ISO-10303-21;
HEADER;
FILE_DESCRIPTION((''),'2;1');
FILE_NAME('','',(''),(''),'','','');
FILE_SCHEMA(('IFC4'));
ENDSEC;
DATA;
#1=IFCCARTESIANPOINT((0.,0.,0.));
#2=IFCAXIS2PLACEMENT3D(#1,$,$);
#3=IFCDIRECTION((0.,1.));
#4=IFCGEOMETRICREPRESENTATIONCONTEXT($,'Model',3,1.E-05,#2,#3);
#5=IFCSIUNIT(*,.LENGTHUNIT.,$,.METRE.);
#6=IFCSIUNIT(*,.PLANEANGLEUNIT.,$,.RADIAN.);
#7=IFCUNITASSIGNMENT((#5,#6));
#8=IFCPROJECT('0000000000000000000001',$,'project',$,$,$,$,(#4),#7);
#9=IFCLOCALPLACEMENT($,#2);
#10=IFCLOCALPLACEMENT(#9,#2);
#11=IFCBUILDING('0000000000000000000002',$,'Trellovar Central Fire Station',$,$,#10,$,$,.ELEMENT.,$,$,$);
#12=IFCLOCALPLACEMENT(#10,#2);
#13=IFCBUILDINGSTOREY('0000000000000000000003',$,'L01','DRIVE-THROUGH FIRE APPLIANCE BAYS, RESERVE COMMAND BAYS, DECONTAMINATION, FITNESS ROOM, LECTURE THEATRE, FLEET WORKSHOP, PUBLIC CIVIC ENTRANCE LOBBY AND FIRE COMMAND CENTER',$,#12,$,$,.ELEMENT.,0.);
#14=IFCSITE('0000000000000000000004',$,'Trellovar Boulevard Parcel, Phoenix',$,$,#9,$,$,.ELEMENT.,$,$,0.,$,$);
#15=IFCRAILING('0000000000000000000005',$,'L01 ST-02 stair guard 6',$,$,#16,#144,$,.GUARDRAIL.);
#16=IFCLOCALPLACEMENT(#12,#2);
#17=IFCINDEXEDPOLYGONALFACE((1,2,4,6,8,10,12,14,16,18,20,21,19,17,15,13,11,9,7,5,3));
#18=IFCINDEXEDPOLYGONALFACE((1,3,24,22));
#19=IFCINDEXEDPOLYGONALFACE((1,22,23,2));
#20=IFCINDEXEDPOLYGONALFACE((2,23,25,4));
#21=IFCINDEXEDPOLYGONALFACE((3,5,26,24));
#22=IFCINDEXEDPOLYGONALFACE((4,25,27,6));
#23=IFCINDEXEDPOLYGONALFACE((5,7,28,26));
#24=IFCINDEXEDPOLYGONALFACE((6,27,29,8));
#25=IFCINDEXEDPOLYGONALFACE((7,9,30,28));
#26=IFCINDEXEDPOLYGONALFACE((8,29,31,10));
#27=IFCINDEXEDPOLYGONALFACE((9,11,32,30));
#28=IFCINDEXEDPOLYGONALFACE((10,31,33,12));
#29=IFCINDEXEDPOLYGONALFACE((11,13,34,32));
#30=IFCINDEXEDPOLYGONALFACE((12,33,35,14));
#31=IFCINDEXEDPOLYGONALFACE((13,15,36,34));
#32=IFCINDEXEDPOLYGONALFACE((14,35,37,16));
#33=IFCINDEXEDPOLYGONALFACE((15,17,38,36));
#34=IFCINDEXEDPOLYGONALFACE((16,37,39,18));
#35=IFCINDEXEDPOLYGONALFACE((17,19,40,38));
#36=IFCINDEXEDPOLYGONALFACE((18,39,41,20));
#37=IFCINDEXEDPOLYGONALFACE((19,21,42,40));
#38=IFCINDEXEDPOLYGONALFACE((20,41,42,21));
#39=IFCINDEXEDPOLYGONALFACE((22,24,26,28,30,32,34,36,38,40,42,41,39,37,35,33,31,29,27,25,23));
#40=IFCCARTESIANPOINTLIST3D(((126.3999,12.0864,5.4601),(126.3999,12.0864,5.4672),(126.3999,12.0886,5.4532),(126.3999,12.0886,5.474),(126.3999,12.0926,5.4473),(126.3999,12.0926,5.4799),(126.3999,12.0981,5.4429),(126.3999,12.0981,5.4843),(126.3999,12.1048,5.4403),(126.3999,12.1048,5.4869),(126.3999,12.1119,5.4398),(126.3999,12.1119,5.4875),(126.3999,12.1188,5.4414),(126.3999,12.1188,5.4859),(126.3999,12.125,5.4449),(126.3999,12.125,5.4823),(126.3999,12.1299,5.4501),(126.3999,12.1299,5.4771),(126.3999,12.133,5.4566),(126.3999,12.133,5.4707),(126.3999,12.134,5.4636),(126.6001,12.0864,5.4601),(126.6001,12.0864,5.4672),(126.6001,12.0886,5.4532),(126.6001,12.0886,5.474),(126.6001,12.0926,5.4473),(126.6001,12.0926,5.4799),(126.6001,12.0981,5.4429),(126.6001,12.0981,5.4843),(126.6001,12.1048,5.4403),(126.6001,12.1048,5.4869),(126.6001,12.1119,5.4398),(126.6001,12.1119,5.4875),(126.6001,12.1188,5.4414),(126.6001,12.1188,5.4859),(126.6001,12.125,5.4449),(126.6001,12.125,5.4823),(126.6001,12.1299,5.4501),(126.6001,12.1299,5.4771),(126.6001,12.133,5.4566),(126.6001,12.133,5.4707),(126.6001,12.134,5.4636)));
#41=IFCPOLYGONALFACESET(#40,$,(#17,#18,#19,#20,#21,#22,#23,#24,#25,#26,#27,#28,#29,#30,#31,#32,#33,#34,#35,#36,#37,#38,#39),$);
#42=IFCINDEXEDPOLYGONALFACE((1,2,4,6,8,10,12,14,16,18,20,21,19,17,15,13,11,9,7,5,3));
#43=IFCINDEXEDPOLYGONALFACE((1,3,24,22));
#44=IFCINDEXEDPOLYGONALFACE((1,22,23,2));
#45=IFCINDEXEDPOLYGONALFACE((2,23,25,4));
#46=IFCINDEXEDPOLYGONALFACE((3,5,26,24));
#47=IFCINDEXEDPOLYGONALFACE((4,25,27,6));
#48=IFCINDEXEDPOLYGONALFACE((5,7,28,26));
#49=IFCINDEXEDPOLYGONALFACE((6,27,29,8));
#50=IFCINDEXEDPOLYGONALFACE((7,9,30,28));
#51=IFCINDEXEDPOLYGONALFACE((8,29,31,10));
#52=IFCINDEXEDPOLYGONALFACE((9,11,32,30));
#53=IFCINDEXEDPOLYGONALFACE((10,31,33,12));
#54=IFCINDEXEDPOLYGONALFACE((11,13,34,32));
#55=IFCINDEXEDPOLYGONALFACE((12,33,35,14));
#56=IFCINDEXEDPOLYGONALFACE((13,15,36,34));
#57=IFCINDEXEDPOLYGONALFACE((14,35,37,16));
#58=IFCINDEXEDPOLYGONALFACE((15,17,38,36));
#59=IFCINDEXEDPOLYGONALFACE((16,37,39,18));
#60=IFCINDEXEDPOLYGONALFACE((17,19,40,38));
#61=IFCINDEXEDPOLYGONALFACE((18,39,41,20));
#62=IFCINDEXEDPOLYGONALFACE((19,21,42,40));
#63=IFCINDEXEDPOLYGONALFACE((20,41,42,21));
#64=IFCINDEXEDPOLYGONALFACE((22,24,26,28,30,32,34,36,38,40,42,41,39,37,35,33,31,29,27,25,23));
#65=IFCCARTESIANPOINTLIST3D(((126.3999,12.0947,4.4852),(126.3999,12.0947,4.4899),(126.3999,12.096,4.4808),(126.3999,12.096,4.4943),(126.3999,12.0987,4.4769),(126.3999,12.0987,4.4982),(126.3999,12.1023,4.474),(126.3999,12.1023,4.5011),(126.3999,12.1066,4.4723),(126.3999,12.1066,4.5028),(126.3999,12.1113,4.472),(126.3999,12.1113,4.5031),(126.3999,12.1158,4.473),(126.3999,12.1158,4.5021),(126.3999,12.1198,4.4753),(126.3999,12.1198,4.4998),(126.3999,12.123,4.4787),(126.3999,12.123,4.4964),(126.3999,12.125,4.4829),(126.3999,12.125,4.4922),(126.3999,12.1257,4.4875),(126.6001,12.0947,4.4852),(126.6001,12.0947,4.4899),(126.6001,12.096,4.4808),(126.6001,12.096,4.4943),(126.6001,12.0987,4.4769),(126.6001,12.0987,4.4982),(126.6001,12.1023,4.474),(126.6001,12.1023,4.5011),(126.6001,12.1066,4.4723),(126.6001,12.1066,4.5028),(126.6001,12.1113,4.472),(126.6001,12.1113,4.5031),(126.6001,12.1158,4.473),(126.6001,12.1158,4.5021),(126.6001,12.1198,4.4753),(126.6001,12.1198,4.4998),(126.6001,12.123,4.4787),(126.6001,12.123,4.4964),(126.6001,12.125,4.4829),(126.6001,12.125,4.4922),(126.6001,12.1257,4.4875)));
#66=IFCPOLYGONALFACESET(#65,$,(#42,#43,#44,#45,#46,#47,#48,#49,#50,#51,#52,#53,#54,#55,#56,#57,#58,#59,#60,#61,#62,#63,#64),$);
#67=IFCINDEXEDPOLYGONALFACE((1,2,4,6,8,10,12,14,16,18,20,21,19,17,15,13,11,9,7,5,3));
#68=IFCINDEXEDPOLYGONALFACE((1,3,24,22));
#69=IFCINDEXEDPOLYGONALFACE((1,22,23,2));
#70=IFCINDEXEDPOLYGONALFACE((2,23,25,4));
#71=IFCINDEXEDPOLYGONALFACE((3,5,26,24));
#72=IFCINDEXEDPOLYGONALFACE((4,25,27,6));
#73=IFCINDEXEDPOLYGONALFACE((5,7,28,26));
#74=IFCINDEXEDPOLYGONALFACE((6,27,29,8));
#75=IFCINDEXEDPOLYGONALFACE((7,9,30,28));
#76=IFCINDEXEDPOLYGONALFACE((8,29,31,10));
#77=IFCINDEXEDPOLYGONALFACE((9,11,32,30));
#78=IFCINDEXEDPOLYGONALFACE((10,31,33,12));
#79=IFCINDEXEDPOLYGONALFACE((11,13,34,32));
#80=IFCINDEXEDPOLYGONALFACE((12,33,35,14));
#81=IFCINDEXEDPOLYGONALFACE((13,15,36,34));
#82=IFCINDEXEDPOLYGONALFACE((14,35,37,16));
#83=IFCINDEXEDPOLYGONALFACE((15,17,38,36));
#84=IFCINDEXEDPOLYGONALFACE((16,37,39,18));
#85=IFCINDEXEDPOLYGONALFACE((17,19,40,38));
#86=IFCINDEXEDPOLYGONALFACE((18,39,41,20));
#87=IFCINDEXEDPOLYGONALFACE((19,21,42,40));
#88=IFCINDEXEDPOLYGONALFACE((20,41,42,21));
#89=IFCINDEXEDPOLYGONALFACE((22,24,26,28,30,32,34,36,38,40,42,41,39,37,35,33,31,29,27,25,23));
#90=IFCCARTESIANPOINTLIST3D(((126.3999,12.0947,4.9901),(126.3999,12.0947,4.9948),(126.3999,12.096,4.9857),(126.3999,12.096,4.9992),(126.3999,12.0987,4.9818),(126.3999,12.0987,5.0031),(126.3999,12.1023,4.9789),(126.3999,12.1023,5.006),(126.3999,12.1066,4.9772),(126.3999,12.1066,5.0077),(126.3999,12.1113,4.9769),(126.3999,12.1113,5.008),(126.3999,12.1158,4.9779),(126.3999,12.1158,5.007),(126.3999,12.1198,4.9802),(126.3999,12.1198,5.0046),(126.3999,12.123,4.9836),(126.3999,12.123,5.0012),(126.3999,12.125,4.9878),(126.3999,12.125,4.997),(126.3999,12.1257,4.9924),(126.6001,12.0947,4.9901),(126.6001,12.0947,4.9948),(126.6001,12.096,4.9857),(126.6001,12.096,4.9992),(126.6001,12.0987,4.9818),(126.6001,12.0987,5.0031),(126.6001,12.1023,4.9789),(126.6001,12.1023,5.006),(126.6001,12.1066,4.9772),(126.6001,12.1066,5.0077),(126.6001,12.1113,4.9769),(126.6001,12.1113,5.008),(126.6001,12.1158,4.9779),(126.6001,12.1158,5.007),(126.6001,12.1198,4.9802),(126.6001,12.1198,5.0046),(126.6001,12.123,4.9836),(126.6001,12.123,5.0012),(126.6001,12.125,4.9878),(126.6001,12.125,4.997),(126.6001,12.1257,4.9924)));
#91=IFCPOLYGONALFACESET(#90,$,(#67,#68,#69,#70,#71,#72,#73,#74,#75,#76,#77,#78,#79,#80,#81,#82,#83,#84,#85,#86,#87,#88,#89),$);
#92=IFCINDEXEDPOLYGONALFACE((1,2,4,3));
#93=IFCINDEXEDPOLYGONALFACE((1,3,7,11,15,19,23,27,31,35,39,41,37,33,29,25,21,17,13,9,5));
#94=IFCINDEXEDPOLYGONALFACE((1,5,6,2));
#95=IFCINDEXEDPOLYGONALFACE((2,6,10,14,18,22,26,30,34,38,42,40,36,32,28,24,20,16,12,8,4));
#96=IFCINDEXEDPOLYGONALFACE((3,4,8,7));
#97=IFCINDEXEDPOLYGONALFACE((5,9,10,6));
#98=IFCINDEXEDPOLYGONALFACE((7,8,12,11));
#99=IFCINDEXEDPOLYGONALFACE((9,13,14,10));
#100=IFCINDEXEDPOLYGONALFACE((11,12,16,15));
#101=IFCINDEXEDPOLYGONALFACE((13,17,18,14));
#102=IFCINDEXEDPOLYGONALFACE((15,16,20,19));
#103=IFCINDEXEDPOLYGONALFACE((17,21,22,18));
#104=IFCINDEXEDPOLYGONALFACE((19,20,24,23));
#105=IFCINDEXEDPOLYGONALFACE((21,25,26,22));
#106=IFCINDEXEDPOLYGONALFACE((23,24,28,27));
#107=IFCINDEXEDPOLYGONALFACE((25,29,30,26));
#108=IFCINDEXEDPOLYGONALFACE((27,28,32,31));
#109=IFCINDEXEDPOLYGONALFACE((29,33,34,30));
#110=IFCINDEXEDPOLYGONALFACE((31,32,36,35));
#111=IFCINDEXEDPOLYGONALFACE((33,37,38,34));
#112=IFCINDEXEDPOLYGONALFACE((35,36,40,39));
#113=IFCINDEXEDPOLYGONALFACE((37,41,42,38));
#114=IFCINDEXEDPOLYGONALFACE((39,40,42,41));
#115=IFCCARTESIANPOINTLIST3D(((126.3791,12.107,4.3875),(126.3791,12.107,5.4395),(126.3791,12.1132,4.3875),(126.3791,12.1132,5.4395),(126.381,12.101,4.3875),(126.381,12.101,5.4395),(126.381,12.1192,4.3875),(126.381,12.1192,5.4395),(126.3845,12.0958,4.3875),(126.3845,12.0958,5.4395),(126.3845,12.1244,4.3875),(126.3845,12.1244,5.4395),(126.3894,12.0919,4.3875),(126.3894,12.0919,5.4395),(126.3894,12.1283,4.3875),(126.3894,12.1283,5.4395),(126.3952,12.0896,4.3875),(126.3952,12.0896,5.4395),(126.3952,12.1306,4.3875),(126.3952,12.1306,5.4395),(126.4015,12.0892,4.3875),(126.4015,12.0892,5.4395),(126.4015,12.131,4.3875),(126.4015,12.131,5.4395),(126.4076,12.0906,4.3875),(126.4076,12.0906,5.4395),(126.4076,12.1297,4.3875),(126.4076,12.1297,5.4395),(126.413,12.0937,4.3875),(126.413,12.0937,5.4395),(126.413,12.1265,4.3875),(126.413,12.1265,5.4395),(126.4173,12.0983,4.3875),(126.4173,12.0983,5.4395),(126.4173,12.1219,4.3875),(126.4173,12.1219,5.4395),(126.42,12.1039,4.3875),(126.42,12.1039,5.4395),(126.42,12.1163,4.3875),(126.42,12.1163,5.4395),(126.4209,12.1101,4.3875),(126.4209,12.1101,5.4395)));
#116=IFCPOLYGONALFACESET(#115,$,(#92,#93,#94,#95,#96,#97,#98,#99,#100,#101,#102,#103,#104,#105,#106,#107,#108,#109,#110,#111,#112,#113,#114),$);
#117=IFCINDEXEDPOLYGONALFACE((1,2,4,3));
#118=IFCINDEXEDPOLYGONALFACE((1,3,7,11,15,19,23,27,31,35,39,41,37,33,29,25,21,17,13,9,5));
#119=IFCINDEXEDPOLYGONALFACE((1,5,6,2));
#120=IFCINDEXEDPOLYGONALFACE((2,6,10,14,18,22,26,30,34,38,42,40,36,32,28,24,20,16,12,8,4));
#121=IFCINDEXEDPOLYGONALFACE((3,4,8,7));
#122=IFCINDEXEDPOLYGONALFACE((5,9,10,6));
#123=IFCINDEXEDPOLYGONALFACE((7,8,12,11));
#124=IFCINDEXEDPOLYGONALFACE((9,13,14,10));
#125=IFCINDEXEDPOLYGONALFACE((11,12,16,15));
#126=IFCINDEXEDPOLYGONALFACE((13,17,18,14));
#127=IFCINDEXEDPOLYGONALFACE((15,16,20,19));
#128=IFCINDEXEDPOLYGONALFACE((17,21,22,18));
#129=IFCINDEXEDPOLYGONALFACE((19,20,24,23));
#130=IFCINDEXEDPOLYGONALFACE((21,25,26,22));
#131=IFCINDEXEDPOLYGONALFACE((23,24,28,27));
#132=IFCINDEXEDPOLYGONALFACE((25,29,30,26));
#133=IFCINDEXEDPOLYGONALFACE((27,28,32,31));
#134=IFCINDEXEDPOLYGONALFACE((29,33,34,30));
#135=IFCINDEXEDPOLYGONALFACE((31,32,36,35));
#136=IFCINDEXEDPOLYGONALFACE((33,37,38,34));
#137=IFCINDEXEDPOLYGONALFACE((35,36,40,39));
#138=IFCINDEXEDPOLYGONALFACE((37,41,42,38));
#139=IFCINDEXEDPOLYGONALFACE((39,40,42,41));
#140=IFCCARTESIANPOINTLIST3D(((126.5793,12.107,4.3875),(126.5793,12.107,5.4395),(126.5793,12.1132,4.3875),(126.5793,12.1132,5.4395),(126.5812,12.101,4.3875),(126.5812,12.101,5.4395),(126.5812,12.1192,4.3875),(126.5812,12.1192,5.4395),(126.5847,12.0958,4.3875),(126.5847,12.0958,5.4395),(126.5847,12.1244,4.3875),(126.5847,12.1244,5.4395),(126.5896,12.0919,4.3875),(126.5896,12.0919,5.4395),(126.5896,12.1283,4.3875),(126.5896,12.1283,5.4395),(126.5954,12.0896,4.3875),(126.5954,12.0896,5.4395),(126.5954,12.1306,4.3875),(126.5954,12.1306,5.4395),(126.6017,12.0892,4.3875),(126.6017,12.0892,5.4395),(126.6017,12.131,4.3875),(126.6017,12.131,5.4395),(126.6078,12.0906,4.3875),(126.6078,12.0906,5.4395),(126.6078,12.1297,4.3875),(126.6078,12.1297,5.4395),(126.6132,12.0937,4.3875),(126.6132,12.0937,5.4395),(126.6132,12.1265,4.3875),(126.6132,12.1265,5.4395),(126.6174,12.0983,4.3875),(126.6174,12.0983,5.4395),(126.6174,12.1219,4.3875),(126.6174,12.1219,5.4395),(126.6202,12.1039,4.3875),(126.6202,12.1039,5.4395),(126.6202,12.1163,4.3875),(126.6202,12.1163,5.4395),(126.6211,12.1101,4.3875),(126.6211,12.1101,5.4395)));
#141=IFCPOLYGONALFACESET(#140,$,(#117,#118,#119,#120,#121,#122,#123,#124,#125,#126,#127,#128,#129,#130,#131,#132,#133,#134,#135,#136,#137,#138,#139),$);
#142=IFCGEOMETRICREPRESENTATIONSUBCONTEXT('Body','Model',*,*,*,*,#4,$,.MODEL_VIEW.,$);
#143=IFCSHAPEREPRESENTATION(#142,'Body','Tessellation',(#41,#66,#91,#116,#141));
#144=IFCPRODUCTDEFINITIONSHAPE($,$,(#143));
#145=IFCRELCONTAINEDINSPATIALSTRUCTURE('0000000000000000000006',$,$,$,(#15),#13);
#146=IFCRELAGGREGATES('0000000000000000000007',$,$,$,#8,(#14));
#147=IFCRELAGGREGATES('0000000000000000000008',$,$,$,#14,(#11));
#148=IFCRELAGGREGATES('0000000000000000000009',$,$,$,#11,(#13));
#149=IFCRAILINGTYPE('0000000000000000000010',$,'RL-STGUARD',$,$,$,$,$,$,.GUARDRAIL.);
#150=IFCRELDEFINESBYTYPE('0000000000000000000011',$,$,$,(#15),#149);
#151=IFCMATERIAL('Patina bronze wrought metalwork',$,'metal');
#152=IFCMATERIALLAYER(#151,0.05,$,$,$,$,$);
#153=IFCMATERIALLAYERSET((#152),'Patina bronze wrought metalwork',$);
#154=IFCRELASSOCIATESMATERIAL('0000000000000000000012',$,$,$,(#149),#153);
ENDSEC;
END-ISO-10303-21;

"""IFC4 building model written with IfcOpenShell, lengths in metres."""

from ifc_helpers import new_model, si_unit, direction, frame, origin, origin_2d, place, context, subcontext, project, spatial, circle, extrude, material, layer, layer_set, type_object, element, save


model = new_model("IFC4")

# Units and contexts
model_context = context("Model", 3, precision=1e-05, world=origin(), true_north=direction((0.0, 1.0)))
body_context = subcontext(model_context, "Body", "Model", "MODEL_VIEW")
ifc_project = project(units=[si_unit("LENGTHUNIT", "METRE"), si_unit("PLANEANGLEUNIT", "RADIAN")], contexts=[model_context])

# Site, building, storey
site_placement = place(None, origin())
site = spatial("IfcSite", under=ifc_project, at=site_placement, Name="Trellovar Boulevard Parcel, Phoenix", CompositionType="ELEMENT", RefElevation=0.0)
building_placement = place(site_placement, origin())
building = spatial("IfcBuilding", under=site, at=building_placement, Name="Trellovar Central Fire Station", CompositionType="ELEMENT")
storey_placement = place(building_placement, origin())
storey = spatial("IfcBuildingStorey", under=building, at=storey_placement, Name="L01", Description="DRIVE-THROUGH FIRE APPLIANCE BAYS, RESERVE COMMAND BAYS, DECONTAMINATION, FITNESS ROOM, LECTURE THEATRE, FLEET WORKSHOP, PUBLIC CIVIC ENTRANCE LOBBY AND FIRE COMMAND CENTER", CompositionType="ELEMENT", Elevation=0.0)

# Railing
ifc_material_1 = material(Name="Patina bronze wrought metalwork", Category="metal")
ifc_layer_1 = layer(ifc_material_1, 0.05)
ifc_layer_set_1 = layer_set([ifc_layer_1], Name="Patina bronze wrought metalwork")
railing_type_1 = type_object("IfcRailingType", Name="RL-STGUARD", PredefinedType="GUARDRAIL", material=ifc_layer_set_1)
railing_1_placement = place(storey_placement, frame((126.3999, 12.1101, 4.3875)))
element("IfcRailing", 1, at=railing_1_placement, inside=storey, type_object=railing_type_1, Name="L01 ST-02 stair guard 6", PredefinedType="GUARDRAIL", context=body_context, shape_type="SweptSolid", body=[
    extrude(circle(Radius=0.0239, at=origin_2d()), frame((0.0, 0.0, 1.0762), z_axis=(1.0, 0.0, 0.0), x_axis=(0.0, 1.0, 0.0)), (0.0, 0.0, 1.0), 0.2002),
    extrude(circle(Radius=0.0156, at=origin_2d()), frame((0.0, 0.0, 0.1001), z_axis=(1.0, 0.0, 0.0), x_axis=(0.0, 1.0, 0.0)), (0.0, 0.0, 1.0), 0.2002),
    extrude(circle(Radius=0.0156, at=origin_2d()), frame((0.0, 0.0, 0.605), z_axis=(1.0, 0.0, 0.0), x_axis=(0.0, 1.0, 0.0)), (0.0, 0.0, 1.0), 0.2002),
    extrude(circle(Radius=0.021, at=origin_2d()), origin(), (0.0, 0.0, 1.0), 1.052),
    extrude(circle(Radius=0.021, at=origin_2d()), frame((0.2002, 0.0, 0.0)), (0.0, 0.0, 1.0), 1.052),
])

save(model, "model.ifc")
